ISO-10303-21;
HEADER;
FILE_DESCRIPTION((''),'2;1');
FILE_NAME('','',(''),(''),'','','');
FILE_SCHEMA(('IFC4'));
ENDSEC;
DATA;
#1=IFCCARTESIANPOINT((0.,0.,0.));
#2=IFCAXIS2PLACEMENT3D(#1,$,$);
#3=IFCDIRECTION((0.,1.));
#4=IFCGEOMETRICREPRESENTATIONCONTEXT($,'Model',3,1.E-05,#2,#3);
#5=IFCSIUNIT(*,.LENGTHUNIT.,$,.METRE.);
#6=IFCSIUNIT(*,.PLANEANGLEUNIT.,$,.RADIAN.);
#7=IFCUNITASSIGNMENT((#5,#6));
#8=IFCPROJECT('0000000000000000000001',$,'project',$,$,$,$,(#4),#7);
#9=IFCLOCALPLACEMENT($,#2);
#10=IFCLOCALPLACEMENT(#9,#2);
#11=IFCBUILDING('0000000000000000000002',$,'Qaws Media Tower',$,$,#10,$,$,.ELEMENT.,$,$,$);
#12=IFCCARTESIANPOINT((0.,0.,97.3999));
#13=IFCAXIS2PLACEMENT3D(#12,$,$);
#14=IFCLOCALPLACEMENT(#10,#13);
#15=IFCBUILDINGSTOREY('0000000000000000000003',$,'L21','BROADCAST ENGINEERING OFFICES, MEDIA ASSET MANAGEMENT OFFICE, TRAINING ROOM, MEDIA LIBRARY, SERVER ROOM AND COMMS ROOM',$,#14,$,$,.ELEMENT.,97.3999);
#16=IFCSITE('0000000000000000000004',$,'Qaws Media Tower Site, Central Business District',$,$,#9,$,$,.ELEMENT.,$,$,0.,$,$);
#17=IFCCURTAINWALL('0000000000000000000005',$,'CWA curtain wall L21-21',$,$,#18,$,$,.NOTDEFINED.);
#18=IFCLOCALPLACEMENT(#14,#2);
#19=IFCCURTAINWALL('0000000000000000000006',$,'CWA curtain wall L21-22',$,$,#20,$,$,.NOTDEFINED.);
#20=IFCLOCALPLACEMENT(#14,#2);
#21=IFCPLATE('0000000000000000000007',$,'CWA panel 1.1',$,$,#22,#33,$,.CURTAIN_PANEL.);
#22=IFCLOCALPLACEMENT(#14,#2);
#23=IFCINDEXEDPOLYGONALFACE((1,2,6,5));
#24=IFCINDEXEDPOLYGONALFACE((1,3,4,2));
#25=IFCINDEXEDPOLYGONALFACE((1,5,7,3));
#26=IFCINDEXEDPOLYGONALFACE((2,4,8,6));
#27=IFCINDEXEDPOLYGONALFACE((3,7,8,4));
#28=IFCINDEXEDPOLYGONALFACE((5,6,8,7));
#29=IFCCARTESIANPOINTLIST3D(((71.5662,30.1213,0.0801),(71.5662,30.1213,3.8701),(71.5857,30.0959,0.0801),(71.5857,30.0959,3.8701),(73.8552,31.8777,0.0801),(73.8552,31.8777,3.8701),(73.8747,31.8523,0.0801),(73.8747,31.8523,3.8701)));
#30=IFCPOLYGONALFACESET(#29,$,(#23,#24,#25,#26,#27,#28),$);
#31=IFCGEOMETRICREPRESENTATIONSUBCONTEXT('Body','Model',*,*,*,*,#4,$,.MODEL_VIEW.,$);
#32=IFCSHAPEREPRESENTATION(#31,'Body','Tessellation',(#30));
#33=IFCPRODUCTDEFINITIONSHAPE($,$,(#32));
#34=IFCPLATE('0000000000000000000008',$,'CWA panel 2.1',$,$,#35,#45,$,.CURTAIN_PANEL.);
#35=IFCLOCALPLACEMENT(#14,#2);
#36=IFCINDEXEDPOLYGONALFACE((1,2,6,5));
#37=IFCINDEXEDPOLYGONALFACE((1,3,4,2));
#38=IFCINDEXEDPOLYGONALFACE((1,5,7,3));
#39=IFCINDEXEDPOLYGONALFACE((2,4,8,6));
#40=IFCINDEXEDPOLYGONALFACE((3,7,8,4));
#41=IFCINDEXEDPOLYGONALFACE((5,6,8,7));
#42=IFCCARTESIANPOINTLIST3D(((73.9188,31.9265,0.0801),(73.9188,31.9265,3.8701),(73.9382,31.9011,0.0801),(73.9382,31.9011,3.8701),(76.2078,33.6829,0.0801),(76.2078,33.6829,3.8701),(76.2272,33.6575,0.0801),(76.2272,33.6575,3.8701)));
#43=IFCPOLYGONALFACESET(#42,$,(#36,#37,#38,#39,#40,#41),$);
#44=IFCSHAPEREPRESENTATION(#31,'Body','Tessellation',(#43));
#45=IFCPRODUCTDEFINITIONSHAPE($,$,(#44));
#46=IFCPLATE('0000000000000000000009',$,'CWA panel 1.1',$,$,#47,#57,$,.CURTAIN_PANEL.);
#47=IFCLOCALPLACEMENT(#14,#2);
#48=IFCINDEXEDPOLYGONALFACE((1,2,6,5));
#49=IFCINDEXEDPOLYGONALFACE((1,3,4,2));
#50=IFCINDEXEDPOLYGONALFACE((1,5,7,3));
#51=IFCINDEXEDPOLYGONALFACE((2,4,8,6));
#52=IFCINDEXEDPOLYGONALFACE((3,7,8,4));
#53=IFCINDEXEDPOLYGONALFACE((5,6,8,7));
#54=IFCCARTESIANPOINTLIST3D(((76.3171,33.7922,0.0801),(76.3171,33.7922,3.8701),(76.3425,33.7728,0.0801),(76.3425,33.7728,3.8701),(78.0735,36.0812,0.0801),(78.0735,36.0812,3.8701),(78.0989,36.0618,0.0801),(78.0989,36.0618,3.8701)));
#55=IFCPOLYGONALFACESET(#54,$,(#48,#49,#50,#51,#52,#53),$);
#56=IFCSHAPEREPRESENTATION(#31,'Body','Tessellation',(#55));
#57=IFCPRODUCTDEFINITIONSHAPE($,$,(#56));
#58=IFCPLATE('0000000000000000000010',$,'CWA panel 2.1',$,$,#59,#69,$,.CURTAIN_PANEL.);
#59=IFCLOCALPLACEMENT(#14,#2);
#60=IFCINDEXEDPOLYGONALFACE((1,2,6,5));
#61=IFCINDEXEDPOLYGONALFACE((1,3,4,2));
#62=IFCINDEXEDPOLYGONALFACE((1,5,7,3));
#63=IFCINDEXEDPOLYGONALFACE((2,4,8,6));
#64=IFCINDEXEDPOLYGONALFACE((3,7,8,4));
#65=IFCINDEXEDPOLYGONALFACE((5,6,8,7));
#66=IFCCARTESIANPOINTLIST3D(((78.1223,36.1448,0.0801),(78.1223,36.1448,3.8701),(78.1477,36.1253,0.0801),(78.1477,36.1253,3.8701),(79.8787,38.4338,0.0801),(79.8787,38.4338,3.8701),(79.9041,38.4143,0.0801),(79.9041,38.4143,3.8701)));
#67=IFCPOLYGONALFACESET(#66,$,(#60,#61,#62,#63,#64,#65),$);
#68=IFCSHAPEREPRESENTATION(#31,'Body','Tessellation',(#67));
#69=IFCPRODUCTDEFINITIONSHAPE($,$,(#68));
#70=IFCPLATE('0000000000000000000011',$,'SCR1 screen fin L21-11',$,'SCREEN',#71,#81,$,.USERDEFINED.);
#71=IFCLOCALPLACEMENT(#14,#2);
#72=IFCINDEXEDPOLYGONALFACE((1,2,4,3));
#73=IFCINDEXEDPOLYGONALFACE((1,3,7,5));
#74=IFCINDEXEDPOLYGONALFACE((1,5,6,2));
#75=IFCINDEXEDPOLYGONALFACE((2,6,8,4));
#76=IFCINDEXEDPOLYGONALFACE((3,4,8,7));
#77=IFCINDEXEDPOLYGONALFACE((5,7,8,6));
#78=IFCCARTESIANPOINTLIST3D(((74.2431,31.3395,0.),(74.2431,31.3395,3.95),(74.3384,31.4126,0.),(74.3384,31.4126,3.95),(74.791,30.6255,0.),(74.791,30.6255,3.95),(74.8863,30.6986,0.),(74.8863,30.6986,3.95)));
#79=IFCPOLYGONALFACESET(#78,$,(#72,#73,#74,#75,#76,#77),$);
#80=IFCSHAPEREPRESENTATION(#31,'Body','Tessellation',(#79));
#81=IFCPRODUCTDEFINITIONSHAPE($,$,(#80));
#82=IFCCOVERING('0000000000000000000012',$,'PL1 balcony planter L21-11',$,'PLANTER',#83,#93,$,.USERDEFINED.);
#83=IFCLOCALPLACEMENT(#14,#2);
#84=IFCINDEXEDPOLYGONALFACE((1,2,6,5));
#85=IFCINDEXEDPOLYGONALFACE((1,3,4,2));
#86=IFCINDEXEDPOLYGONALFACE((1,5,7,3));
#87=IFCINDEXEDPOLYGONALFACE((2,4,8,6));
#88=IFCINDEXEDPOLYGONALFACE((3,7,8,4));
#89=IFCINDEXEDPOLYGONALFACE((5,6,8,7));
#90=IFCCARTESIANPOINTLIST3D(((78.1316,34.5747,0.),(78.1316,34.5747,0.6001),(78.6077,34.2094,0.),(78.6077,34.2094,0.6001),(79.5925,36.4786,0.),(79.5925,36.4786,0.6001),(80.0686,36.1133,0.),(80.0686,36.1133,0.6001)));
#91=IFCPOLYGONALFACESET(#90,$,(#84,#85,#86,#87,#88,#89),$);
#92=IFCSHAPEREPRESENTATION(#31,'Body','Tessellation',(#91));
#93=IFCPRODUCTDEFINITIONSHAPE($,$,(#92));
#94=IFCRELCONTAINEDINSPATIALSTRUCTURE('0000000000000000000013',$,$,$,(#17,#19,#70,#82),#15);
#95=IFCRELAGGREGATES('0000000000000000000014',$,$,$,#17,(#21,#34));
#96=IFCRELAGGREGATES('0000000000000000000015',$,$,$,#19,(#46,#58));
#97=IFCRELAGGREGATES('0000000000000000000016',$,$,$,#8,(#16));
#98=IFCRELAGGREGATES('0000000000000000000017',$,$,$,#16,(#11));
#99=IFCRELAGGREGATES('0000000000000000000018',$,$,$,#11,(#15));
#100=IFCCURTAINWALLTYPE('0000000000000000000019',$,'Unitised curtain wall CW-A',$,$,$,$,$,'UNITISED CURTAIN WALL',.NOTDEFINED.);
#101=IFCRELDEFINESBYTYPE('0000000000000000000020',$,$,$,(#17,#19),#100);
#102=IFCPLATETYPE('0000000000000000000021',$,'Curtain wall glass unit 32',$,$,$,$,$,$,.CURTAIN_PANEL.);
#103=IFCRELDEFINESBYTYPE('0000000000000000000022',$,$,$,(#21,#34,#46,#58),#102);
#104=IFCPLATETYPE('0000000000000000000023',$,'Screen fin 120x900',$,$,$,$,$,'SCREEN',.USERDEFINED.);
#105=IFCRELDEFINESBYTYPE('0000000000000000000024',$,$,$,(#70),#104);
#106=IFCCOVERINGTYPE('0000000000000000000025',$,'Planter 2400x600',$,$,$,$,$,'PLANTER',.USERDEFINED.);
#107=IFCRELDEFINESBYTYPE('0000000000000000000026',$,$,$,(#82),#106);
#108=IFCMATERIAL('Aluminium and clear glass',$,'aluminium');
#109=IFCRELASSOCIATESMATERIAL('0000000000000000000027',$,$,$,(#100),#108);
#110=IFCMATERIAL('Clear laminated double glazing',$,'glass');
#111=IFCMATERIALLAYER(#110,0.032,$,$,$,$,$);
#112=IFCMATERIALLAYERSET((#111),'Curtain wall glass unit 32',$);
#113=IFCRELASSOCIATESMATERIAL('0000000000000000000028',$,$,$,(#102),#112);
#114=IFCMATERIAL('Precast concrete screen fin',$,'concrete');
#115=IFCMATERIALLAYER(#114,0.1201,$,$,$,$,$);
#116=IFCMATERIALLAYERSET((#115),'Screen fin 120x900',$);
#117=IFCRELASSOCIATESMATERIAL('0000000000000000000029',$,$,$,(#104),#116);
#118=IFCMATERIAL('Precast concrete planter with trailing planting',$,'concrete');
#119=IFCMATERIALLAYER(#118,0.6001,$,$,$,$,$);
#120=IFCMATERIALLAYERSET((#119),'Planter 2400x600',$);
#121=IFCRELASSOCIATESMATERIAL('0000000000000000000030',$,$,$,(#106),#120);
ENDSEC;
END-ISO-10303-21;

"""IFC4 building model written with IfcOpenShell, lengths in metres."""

from ifc_helpers import new_model, si_unit, direction, frame, origin, origin_2d, place, context, subcontext, project, spatial, rectangle, extrude, material, layer, layer_set, type_object, element, aggregate, save


model = new_model("IFC4")

# Units and contexts
model_context = context("Model", 3, precision=1e-05, world=origin(), true_north=direction((0.0, 1.0)))
body_context = subcontext(model_context, "Body", "Model", "MODEL_VIEW")
ifc_project = project(units=[si_unit("LENGTHUNIT", "METRE"), si_unit("PLANEANGLEUNIT", "RADIAN")], contexts=[model_context])

# Site, building, storey
site_placement = place(None, origin())
site = spatial("IfcSite", under=ifc_project, at=site_placement, Name="Qaws Media Tower Site, Central Business District", CompositionType="ELEMENT", RefElevation=0.0)
building_placement = place(site_placement, origin())
building = spatial("IfcBuilding", under=site, at=building_placement, Name="Qaws Media Tower", CompositionType="ELEMENT")
storey_placement = place(building_placement, frame((0.0, 0.0, 97.3999)))
storey = spatial("IfcBuildingStorey", under=building, at=storey_placement, Name="L21", Description="BROADCAST ENGINEERING OFFICES, MEDIA ASSET MANAGEMENT OFFICE, TRAINING ROOM, MEDIA LIBRARY, SERVER ROOM AND COMMS ROOM", CompositionType="ELEMENT", Elevation=97.3999)

# Shared definitions
ifc_material_1 = material(Name="Aluminium and clear glass", Category="aluminium")
curtain_wall_type = type_object("IfcCurtainWallType", Name="Unitised curtain wall CW-A", ElementType="UNITISED CURTAIN WALL", PredefinedType="NOTDEFINED", material=ifc_material_1)

# Curtain walls
curtain_wall_1_placement = place(storey_placement, origin())
curtain_wall_1 = element("IfcCurtainWall", 1, at=curtain_wall_1_placement, inside=storey, type_object=curtain_wall_type, Name="CWA curtain wall L21-21", PredefinedType="NOTDEFINED")
curtain_wall_2_placement = place(storey_placement, origin())
curtain_wall_2 = element("IfcCurtainWall", 2, at=curtain_wall_2_placement, inside=storey, type_object=curtain_wall_type, Name="CWA curtain wall L21-22", PredefinedType="NOTDEFINED")

# Plates
ifc_material_2 = material(Name="Clear laminated double glazing", Category="glass")
ifc_layer_1 = layer(ifc_material_2, 0.032)
ifc_layer_set_1 = layer_set([ifc_layer_1], Name="Curtain wall glass unit 32")
plate_type_1 = type_object("IfcPlateType", Name="Curtain wall glass unit 32", PredefinedType="CURTAIN_PANEL", material=ifc_layer_set_1)
plate_1_placement = place(storey_placement, frame((72.7205, 30.9868, 0.0801), z_axis=(0.0, 0.0, 1.0), x_axis=(0.793353, 0.608761, 0.0)))
plate_1 = element("IfcPlate", 3, at=plate_1_placement, type_object=plate_type_1, Name="CWA panel 1.1", PredefinedType="CURTAIN_PANEL", context=body_context, shape_type="SweptSolid", body=[
    extrude(rectangle(XDim=2.8853, YDim=0.032, at=origin_2d()), origin(), (0.0, 0.0, 1.0), 3.79),
])
plate_2_placement = place(storey_placement, frame((75.073, 32.792, 0.0801), z_axis=(0.0, 0.0, 1.0), x_axis=(0.793353, 0.608761, 0.0)))
plate_2 = element("IfcPlate", 4, at=plate_2_placement, type_object=plate_type_1, Name="CWA panel 2.1", PredefinedType="CURTAIN_PANEL", context=body_context, shape_type="SweptSolid", body=[
    extrude(rectangle(XDim=2.8853, YDim=0.032, at=origin_2d()), origin(), (0.0, 0.0, 1.0), 3.79),
])
aggregate(curtain_wall_1, [plate_1, plate_2])
plate_3_placement = place(storey_placement, frame((77.208, 34.927, 0.0801), z_axis=(0.0, 0.0, 1.0), x_axis=(0.608761, 0.793353, 0.0)))
plate_3 = element("IfcPlate", 5, at=plate_3_placement, type_object=plate_type_1, Name="CWA panel 1.1", PredefinedType="CURTAIN_PANEL", context=body_context, shape_type="SweptSolid", body=[
    extrude(rectangle(XDim=2.8853, YDim=0.032, at=origin_2d()), origin(), (0.0, 0.0, 1.0), 3.79),
])
plate_4_placement = place(storey_placement, frame((79.0132, 37.2795, 0.0801), z_axis=(0.0, 0.0, 1.0), x_axis=(0.608761, 0.793353, 0.0)))
plate_4 = element("IfcPlate", 6, at=plate_4_placement, type_object=plate_type_1, Name="CWA panel 2.1", PredefinedType="CURTAIN_PANEL", context=body_context, shape_type="SweptSolid", body=[
    extrude(rectangle(XDim=2.8853, YDim=0.032, at=origin_2d()), origin(), (0.0, 0.0, 1.0), 3.79),
])
aggregate(curtain_wall_2, [plate_3, plate_4])
ifc_material_3 = material(Name="Precast concrete screen fin", Category="concrete")
ifc_layer_2 = layer(ifc_material_3, 0.1201)
ifc_layer_set_2 = layer_set([ifc_layer_2], Name="Screen fin 120x900")
plate_type_2 = type_object("IfcPlateType", Name="Screen fin 120x900", ElementType="SCREEN", PredefinedType="USERDEFINED", material=ifc_layer_set_2)
plate_5_placement = place(storey_placement, frame((74.5647, 31.019, 0.0), z_axis=(0.0, 0.0, 1.0), x_axis=(0.608761, -0.793353, 0.0)))
element("IfcPlate", 7, at=plate_5_placement, inside=storey, type_object=plate_type_2, Name="SCR1 screen fin L21-11", ObjectType="SCREEN", PredefinedType="USERDEFINED", context=body_context, shape_type="SweptSolid", body=[
    extrude(rectangle(XDim=0.8999, YDim=0.1201, at=origin_2d()), origin(), (0.0, 0.0, 1.0), 3.95),
])

# Covering
ifc_material_4 = material(Name="Precast concrete planter with trailing planting", Category="concrete")
ifc_layer_3 = layer(ifc_material_4, 0.6001)
ifc_layer_set_3 = layer_set([ifc_layer_3], Name="Planter 2400x600")
covering_type = type_object("IfcCoveringType", Name="Planter 2400x600", ElementType="PLANTER", PredefinedType="USERDEFINED", material=ifc_layer_set_3)
covering_placement = place(storey_placement, frame((79.1001, 35.344, 0.0), z_axis=(0.0, 0.0, 1.0), x_axis=(0.608761, 0.793353, 0.0)))
element("IfcCovering", 8, at=covering_placement, inside=storey, type_object=covering_type, Name="PL1 balcony planter L21-11", ObjectType="PLANTER", PredefinedType="USERDEFINED", context=body_context, shape_type="SweptSolid", body=[
    extrude(rectangle(XDim=2.3999, YDim=0.6001, at=origin_2d()), origin(), (0.0, 0.0, 1.0), 0.6001),
])

save(model, "model.ifc")
